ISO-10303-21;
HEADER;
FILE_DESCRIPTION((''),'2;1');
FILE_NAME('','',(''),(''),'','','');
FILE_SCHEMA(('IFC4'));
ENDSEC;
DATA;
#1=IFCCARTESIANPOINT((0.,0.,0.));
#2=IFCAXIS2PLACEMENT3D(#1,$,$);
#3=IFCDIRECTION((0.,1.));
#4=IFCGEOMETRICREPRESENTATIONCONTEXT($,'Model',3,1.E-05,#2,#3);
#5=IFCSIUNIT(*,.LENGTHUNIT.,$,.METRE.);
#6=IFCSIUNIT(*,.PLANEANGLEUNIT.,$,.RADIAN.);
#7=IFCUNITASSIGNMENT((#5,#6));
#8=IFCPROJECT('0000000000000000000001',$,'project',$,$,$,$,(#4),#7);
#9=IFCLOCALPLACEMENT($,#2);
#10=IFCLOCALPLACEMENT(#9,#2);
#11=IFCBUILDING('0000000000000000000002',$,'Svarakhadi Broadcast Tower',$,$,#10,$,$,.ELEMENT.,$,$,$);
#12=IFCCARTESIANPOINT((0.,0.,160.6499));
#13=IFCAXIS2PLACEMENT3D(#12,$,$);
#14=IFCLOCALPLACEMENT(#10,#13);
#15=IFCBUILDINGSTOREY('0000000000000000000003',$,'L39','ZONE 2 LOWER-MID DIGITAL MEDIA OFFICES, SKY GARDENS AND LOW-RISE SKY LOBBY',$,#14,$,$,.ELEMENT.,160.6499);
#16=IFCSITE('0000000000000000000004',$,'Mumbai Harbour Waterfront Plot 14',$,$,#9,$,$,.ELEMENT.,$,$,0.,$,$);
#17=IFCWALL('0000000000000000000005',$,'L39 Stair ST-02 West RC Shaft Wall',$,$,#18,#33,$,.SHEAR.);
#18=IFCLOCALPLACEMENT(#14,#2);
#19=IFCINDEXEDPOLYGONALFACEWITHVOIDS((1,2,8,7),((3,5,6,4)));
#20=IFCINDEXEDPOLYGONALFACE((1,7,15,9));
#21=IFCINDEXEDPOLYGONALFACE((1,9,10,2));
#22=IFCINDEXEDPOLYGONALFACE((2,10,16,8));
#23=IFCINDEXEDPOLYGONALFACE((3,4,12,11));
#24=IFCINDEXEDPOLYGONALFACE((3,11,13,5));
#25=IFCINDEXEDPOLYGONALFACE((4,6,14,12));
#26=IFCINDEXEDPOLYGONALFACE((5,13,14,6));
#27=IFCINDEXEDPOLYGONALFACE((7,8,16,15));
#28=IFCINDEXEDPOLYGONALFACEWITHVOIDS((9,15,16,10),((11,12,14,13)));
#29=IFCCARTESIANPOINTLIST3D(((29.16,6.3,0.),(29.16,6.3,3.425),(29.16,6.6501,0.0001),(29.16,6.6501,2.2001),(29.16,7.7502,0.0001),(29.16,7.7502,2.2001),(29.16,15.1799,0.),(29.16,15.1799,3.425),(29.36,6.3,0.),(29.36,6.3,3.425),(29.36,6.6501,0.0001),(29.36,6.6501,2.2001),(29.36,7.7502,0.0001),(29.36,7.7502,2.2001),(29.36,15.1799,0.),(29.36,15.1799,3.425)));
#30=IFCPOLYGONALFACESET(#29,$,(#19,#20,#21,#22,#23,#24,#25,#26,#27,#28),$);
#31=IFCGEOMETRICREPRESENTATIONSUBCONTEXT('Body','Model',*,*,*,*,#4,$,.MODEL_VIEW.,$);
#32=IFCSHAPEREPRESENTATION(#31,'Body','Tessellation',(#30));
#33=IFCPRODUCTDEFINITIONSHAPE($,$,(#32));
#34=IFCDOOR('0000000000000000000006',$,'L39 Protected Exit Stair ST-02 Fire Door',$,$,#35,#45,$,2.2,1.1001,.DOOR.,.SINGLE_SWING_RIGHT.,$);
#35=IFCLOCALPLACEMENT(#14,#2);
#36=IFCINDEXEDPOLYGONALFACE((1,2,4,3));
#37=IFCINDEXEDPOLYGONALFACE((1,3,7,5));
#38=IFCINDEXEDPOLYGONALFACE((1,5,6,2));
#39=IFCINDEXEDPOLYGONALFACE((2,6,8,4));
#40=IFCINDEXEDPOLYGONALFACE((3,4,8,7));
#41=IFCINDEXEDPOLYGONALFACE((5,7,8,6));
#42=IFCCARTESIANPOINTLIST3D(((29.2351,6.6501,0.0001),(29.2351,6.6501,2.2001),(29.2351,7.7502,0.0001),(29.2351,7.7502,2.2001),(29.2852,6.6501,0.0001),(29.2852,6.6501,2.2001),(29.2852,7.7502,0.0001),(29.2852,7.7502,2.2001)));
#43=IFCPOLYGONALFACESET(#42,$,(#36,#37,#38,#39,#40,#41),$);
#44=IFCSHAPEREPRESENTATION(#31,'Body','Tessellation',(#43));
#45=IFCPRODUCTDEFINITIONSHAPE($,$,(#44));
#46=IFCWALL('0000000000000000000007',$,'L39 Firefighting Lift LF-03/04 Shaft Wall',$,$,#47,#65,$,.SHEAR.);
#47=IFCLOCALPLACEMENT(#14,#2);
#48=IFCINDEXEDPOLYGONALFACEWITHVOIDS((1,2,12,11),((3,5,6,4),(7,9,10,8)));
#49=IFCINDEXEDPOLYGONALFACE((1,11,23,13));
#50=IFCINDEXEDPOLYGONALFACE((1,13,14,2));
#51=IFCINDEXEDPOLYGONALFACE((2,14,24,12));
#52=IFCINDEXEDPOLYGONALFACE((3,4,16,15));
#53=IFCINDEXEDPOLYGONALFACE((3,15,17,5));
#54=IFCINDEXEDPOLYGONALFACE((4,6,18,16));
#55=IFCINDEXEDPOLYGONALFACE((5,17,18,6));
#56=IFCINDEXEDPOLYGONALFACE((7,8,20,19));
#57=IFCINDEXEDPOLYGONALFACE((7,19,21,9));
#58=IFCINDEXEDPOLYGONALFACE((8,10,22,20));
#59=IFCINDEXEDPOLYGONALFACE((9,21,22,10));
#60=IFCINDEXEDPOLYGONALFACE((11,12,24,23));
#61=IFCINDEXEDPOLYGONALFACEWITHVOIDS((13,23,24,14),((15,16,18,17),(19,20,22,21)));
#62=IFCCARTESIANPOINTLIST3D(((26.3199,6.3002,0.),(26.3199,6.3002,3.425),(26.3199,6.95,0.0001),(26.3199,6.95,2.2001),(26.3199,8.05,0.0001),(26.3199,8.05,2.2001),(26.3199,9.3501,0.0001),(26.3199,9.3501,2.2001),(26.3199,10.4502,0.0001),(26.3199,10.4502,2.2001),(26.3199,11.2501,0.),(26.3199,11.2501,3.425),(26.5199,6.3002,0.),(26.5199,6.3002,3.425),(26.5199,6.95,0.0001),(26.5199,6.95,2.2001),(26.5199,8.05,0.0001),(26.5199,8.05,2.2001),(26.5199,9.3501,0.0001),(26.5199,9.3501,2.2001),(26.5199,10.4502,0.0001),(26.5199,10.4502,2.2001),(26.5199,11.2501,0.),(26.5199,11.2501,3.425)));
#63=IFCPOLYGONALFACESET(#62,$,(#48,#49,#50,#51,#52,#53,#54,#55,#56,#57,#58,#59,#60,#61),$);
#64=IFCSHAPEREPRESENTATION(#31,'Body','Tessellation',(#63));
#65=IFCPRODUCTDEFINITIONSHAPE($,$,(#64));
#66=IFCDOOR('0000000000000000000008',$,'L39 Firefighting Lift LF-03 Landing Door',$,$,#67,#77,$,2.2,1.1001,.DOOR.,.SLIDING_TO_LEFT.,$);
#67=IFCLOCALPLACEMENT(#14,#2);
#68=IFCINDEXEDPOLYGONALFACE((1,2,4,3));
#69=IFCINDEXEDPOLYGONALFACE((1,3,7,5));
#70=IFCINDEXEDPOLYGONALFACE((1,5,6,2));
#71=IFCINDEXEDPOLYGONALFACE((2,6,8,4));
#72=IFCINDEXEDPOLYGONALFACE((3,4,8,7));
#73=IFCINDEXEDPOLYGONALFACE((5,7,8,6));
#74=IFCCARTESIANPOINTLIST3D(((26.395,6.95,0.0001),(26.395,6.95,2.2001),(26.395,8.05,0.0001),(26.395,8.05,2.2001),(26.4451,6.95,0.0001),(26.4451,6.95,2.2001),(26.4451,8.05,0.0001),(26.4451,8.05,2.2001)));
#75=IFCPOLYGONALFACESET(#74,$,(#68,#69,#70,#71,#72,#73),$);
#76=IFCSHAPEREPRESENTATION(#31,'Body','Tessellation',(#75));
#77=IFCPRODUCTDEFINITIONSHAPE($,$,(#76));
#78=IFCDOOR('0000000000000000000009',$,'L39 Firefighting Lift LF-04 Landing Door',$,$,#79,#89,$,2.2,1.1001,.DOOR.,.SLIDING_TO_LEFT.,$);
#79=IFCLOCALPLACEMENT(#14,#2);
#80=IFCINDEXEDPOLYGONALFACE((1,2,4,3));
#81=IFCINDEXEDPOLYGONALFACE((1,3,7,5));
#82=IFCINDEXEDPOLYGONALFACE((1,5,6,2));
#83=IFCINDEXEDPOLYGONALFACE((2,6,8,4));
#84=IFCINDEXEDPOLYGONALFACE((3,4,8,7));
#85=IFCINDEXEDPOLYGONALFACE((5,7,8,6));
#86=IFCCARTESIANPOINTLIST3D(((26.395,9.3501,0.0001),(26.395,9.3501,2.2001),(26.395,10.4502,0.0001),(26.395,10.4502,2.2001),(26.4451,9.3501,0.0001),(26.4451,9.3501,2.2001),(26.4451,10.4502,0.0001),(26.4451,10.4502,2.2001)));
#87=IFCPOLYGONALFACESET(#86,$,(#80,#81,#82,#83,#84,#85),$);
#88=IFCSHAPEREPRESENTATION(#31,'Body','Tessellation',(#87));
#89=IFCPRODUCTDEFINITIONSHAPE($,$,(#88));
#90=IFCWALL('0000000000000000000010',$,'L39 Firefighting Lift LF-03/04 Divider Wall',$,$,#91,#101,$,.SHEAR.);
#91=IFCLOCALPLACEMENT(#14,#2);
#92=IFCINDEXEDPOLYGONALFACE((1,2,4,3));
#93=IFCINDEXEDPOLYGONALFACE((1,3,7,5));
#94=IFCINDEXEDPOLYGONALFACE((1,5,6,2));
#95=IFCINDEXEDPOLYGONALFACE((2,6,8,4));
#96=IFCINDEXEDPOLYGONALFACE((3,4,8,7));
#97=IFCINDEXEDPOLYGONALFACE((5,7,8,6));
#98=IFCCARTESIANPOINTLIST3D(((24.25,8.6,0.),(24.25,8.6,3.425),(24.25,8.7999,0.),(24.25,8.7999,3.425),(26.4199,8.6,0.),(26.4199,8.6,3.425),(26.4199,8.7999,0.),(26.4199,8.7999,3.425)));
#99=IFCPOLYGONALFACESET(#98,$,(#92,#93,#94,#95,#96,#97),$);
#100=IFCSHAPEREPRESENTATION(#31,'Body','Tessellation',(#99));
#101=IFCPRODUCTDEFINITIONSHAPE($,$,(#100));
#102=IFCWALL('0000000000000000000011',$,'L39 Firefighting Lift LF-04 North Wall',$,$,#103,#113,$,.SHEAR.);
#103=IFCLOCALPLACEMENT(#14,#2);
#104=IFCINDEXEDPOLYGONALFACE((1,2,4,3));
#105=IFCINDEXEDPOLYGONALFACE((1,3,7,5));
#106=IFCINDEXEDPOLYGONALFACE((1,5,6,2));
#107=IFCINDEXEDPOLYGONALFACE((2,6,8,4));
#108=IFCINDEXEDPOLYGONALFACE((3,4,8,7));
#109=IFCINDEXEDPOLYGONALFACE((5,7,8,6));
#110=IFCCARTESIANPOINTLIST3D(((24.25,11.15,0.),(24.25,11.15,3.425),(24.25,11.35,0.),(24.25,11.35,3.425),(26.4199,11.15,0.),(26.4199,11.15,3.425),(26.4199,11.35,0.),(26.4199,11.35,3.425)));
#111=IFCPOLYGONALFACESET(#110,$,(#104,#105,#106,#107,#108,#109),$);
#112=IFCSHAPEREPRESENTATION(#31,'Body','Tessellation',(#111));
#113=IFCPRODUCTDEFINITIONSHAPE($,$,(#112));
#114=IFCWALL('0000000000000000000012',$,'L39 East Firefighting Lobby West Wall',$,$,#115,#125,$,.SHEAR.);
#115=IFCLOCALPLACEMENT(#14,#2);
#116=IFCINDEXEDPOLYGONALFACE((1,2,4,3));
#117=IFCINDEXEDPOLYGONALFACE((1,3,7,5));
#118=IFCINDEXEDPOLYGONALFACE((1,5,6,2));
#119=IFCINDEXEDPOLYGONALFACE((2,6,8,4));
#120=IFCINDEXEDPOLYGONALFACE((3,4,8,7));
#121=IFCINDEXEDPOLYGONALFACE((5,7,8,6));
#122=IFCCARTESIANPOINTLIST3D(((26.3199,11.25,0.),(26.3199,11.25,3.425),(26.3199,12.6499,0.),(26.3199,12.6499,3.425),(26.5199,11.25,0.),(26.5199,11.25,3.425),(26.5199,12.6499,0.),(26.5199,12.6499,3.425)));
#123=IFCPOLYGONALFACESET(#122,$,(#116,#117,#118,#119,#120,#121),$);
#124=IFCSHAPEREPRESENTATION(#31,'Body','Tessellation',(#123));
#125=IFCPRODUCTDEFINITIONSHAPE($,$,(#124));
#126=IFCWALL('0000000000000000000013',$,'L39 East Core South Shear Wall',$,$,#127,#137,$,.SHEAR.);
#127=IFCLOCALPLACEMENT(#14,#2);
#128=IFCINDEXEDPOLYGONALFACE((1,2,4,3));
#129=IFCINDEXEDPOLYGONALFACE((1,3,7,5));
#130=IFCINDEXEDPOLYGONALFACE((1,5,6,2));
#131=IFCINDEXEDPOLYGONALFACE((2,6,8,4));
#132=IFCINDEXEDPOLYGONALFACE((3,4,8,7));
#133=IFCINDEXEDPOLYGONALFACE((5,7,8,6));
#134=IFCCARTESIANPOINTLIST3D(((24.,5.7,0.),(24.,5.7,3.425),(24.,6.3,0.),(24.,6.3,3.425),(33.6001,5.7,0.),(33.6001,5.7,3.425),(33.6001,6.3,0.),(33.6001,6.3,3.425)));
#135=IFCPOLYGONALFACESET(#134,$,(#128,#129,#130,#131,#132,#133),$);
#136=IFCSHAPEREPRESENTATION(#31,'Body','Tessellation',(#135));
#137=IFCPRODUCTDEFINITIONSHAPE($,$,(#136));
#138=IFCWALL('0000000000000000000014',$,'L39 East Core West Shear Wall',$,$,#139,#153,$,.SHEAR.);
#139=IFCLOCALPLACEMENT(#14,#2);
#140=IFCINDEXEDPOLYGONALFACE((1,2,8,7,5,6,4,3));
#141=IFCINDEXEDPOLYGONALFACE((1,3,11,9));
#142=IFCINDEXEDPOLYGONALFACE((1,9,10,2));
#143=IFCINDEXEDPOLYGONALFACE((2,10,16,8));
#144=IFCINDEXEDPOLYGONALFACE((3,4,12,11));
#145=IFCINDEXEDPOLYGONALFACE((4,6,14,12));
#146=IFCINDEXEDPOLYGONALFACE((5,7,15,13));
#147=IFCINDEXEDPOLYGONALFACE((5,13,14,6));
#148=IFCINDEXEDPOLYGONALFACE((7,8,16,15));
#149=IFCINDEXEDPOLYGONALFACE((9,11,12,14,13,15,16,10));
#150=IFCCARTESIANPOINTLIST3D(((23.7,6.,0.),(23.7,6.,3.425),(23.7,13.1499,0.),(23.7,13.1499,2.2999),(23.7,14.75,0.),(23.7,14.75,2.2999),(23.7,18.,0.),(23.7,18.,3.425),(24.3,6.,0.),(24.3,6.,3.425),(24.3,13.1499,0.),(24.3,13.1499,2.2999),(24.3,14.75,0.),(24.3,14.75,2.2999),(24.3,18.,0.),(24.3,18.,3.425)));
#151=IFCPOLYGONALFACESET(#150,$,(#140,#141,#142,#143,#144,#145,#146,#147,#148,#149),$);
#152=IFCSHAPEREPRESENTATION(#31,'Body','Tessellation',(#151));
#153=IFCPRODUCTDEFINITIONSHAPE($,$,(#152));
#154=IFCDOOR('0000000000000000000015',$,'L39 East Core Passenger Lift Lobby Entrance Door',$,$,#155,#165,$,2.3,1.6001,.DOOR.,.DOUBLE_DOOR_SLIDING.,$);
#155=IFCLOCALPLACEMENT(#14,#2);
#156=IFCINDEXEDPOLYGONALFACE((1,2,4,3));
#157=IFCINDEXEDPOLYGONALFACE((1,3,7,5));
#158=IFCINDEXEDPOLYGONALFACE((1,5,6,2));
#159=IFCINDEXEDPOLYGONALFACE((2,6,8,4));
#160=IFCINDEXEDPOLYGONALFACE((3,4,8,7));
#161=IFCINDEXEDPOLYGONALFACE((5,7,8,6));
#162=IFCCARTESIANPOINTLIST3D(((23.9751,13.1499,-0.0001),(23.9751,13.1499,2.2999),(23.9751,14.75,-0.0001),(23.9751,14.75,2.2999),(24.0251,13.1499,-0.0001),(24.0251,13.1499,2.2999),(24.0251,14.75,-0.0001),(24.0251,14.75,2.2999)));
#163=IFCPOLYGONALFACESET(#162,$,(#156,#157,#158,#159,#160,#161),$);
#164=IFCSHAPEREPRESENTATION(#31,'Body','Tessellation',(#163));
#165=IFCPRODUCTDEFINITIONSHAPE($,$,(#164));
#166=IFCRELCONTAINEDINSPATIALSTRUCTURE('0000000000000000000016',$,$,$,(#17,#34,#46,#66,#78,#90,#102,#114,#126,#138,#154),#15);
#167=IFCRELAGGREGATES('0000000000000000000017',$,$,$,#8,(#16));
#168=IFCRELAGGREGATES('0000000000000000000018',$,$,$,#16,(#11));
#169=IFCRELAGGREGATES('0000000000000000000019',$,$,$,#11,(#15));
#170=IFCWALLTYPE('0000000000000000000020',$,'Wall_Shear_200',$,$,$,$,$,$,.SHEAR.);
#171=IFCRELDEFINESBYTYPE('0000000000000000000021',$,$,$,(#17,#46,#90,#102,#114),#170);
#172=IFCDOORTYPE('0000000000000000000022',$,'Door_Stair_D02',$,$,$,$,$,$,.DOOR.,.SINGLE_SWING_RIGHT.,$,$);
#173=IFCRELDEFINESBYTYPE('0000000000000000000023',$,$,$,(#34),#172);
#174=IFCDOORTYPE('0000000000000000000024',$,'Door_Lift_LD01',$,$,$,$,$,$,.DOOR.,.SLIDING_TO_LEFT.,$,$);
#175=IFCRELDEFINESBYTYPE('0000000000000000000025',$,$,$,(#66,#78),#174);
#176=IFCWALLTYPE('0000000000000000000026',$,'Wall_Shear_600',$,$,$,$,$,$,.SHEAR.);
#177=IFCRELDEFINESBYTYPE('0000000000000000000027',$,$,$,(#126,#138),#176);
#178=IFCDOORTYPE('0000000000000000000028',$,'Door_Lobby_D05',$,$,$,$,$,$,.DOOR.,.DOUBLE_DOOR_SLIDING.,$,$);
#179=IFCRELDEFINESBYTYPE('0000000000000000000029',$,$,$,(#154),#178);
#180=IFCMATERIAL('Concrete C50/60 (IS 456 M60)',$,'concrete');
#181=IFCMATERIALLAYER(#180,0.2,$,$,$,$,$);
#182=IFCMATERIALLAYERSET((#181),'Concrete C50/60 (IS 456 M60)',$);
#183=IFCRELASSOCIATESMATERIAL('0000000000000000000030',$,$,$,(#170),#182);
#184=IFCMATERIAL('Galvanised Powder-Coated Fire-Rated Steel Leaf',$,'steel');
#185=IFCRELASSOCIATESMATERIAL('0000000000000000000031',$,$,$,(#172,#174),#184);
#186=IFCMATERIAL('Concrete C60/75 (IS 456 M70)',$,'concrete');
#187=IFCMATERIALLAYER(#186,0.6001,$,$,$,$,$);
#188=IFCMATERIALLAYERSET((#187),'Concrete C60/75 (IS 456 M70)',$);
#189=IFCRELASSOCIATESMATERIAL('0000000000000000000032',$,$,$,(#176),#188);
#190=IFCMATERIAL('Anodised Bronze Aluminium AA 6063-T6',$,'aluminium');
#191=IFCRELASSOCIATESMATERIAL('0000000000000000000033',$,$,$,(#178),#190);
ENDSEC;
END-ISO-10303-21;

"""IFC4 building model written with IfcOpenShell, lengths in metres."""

from ifc_helpers import new_model, si_unit, direction, frame, frame_2d, origin, place, context, subcontext, project, spatial, rectangle, extrude, material, layer, layer_set, type_object, element, fill, save


model = new_model("IFC4")

# Units and contexts
model_context = context("Model", 3, precision=1e-05, world=origin(), true_north=direction((0.0, 1.0)))
body_context = subcontext(model_context, "Body", "Model", "MODEL_VIEW")
ifc_project = project(units=[si_unit("LENGTHUNIT", "METRE"), si_unit("PLANEANGLEUNIT", "RADIAN")], contexts=[model_context])

# Site, building, storey
site_placement = place(None, origin())
site = spatial("IfcSite", under=ifc_project, at=site_placement, Name="Mumbai Harbour Waterfront Plot 14", CompositionType="ELEMENT", RefElevation=0.0)
building_placement = place(site_placement, origin())
building = spatial("IfcBuilding", under=site, at=building_placement, Name="Svarakhadi Broadcast Tower", CompositionType="ELEMENT")
storey_placement = place(building_placement, frame((0.0, 0.0, 160.6499)))
storey = spatial("IfcBuildingStorey", under=building, at=storey_placement, Name="L39", Description="ZONE 2 LOWER-MID DIGITAL MEDIA OFFICES, SKY GARDENS AND LOW-RISE SKY LOBBY", CompositionType="ELEMENT", Elevation=160.6499)

# Shared definitions
ifc_material_1 = material(Name="Concrete C50/60 (IS 456 M60)", Category="concrete")

# Shared definitions
ifc_material_2 = material(Name="Anodised Bronze Aluminium AA 6063-T6", Category="aluminium")

# Wall, opening, door
ifc_layer_1 = layer(ifc_material_1, 0.2)
ifc_layer_set_1 = layer_set([ifc_layer_1], Name="Concrete C50/60 (IS 456 M60)")
wall_type_1 = type_object("IfcWallType", Name="Wall_Shear_200", PredefinedType="SHEAR", material=ifc_layer_set_1)
wall_1_placement = place(storey_placement, frame((29.26, 6.3, 0.0), z_axis=(0.0, 0.0, 1.0), x_axis=(0.0, 1.0, 0.0)))
wall_1 = element("IfcWall", 1, at=wall_1_placement, inside=storey, type_object=wall_type_1, Name="L39 Stair ST-02 West RC Shaft Wall", PredefinedType="SHEAR", context=body_context, shape_type="SweptSolid", body=[
    extrude(rectangle(XDim=8.8799, YDim=0.2, at=frame_2d((4.4399, 0.0))), origin(), (0.0, 0.0, 1.0), 3.425),
])
opening_1_placement = place(wall_1_placement, frame((0.3501, 0.0, 0.0)))
opening_1 = element("IfcOpeningElement", 2, at=opening_1_placement, cuts=wall_1, PredefinedType="OPENING", context=body_context, shape_type="SweptSolid", body=[
    extrude(rectangle(XDim=1.1001, YDim=2.2, at=frame_2d((0.55, 1.1001))), frame((0.0, 0.1099, 0.0), z_axis=(0.0, -1.0, 0.0), x_axis=(1.0, 0.0, 0.0)), (0.0, 0.0, 1.0), 0.22),
])
ifc_material_3 = material(Name="Galvanised Powder-Coated Fire-Rated Steel Leaf", Category="steel")
door_type_1 = type_object("IfcDoorType", Name="Door_Stair_D02", OperationType="SINGLE_SWING_RIGHT", PredefinedType="DOOR", material=ifc_material_3)
door_1_placement = place(opening_1_placement, origin())
door_1 = element("IfcDoor", 3, at=door_1_placement, inside=storey, type_object=door_type_1, Name="L39 Protected Exit Stair ST-02 Fire Door", OperationType="SINGLE_SWING_RIGHT", OverallHeight=2.2, OverallWidth=1.1001, PredefinedType="DOOR", context=body_context, shape_type="SweptSolid", body=[
    extrude(rectangle(XDim=1.1001, YDim=2.2, at=frame_2d((0.55, 1.1001))), frame((0.0, 0.0249, 0.0), z_axis=(0.0, -1.0, 0.0), x_axis=(1.0, 0.0, 0.0)), (0.0, 0.0, 1.0), 0.05),
])
fill(opening_1, door_1)

# Wall, openings, doors
wall_2_placement = place(storey_placement, frame((26.4199, 6.3, 0.0), z_axis=(0.0, 0.0, 1.0), x_axis=(0.0, 1.0, 0.0)))
wall_2 = element("IfcWall", 4, at=wall_2_placement, inside=storey, type_object=wall_type_1, Name="L39 Firefighting Lift LF-03/04 Shaft Wall", PredefinedType="SHEAR", context=body_context, shape_type="SweptSolid", body=[
    extrude(rectangle(XDim=4.95, YDim=0.2, at=frame_2d((2.4751, 0.0))), origin(), (0.0, 0.0, 1.0), 3.425),
])
opening_2_placement = place(wall_2_placement, frame((0.6499, 0.0, 0.0)))
opening_2 = element("IfcOpeningElement", 5, at=opening_2_placement, cuts=wall_2, PredefinedType="OPENING", context=body_context, shape_type="SweptSolid", body=[
    extrude(rectangle(XDim=1.1001, YDim=2.2, at=frame_2d((0.55, 1.1001))), frame((0.0, 0.1099, 0.0), z_axis=(0.0, -1.0, 0.0), x_axis=(1.0, 0.0, 0.0)), (0.0, 0.0, 1.0), 0.22),
])
opening_3_placement = place(wall_2_placement, frame((3.05, 0.0, 0.0)))
opening_3 = element("IfcOpeningElement", 6, at=opening_3_placement, cuts=wall_2, PredefinedType="OPENING", context=body_context, shape_type="SweptSolid", body=[
    extrude(rectangle(XDim=1.1001, YDim=2.2, at=frame_2d((0.55, 1.1001))), frame((0.0, 0.1099, 0.0), z_axis=(0.0, -1.0, 0.0), x_axis=(1.0, 0.0, 0.0)), (0.0, 0.0, 1.0), 0.22),
])
door_type_2 = type_object("IfcDoorType", Name="Door_Lift_LD01", OperationType="SLIDING_TO_LEFT", PredefinedType="DOOR", material=ifc_material_3)
door_2_placement = place(opening_2_placement, origin())
door_2 = element("IfcDoor", 7, at=door_2_placement, inside=storey, type_object=door_type_2, Name="L39 Firefighting Lift LF-03 Landing Door", OperationType="SLIDING_TO_LEFT", OverallHeight=2.2, OverallWidth=1.1001, PredefinedType="DOOR", context=body_context, shape_type="SweptSolid", body=[
    extrude(rectangle(XDim=1.1001, YDim=2.2, at=frame_2d((0.55, 1.1001))), frame((0.0, 0.0249, 0.0), z_axis=(0.0, -1.0, 0.0), x_axis=(1.0, 0.0, 0.0)), (0.0, 0.0, 1.0), 0.05),
])
fill(opening_2, door_2)
door_3_placement = place(opening_3_placement, origin())
door_3 = element("IfcDoor", 8, at=door_3_placement, inside=storey, type_object=door_type_2, Name="L39 Firefighting Lift LF-04 Landing Door", OperationType="SLIDING_TO_LEFT", OverallHeight=2.2, OverallWidth=1.1001, PredefinedType="DOOR", context=body_context, shape_type="SweptSolid", body=[
    extrude(rectangle(XDim=1.1001, YDim=2.2, at=frame_2d((0.55, 1.1001))), frame((0.0, 0.0249, 0.0), z_axis=(0.0, -1.0, 0.0), x_axis=(1.0, 0.0, 0.0)), (0.0, 0.0, 1.0), 0.05),
])
fill(opening_3, door_3)

# Walls
for number, where, z_axis, x_axis, name in (
    (9, (24.25, 8.7, 0.0), (0.0, 0.0, 1.0), (1.0, 0.0, 0.0), "L39 Firefighting Lift LF-03/04 Divider Wall"),
    (10, (24.25, 11.25, 0.0), (0.0, 0.0, 1.0), (1.0, 0.0, 0.0), "L39 Firefighting Lift LF-04 North Wall"),
):
    element("IfcWall", number, at=place(storey_placement, frame(where, z_axis=z_axis, x_axis=x_axis)), inside=storey, type_object=wall_type_1, Name=name, PredefinedType="SHEAR", context=body_context, shape_type="SweptSolid", body=[
        extrude(rectangle(XDim=2.1699, YDim=0.2, at=frame_2d((1.085, 0.0))), origin(), (0.0, 0.0, 1.0), 3.425),
    ])
wall_3_placement = place(storey_placement, frame((26.4199, 11.25, 0.0), z_axis=(0.0, 0.0, 1.0), x_axis=(0.0, 1.0, 0.0)))
element("IfcWall", 11, at=wall_3_placement, inside=storey, type_object=wall_type_1, Name="L39 East Firefighting Lobby West Wall", PredefinedType="SHEAR", context=body_context, shape_type="SweptSolid", body=[
    extrude(rectangle(XDim=1.3999, YDim=0.2, at=frame_2d((0.7, 0.0))), origin(), (0.0, 0.0, 1.0), 3.425),
])
ifc_material_4 = material(Name="Concrete C60/75 (IS 456 M70)", Category="concrete")
ifc_layer_2 = layer(ifc_material_4, 0.6001)
ifc_layer_set_2 = layer_set([ifc_layer_2], Name="Concrete C60/75 (IS 456 M70)")
wall_type_2 = type_object("IfcWallType", Name="Wall_Shear_600", PredefinedType="SHEAR", material=ifc_layer_set_2)
wall_4_placement = place(storey_placement, frame((24.0, 6.0, 0.0), z_axis=(0.0, 0.0, 1.0), x_axis=(1.0, 0.0, 0.0)))
element("IfcWall", 12, at=wall_4_placement, inside=storey, type_object=wall_type_2, Name="L39 East Core South Shear Wall", PredefinedType="SHEAR", context=body_context, shape_type="SweptSolid", body=[
    extrude(rectangle(XDim=9.6001, YDim=0.6001, at=frame_2d((4.8, 0.0))), origin(), (0.0, 0.0, 1.0), 3.425),
])

# Wall, opening, door
wall_5_placement = place(storey_placement, frame((24.0, 6.0, 0.0), z_axis=(0.0, 0.0, 1.0), x_axis=(0.0, 1.0, 0.0)))
wall_5 = element("IfcWall", 13, at=wall_5_placement, inside=storey, type_object=wall_type_2, Name="L39 East Core West Shear Wall", PredefinedType="SHEAR", context=body_context, shape_type="SweptSolid", body=[
    extrude(rectangle(XDim=12.0, YDim=0.6001, at=frame_2d((6.0, 0.0))), origin(), (0.0, 0.0, 1.0), 3.425),
])
opening_4_placement = place(wall_5_placement, frame((7.1499, 0.0, 0.0)))
opening_4 = element("IfcOpeningElement", 14, at=opening_4_placement, cuts=wall_5, PredefinedType="OPENING", context=body_context, shape_type="SweptSolid", body=[
    extrude(rectangle(XDim=1.6001, YDim=2.3, at=frame_2d((0.8, 1.1499))), frame((0.0, 0.3101, 0.0), z_axis=(0.0, -1.0, 0.0), x_axis=(1.0, 0.0, 0.0)), (0.0, 0.0, 1.0), 0.6201),
])
door_type_3 = type_object("IfcDoorType", Name="Door_Lobby_D05", OperationType="DOUBLE_DOOR_SLIDING", PredefinedType="DOOR", material=ifc_material_2)
door_4_placement = place(opening_4_placement, origin())
door_4 = element("IfcDoor", 15, at=door_4_placement, inside=storey, type_object=door_type_3, Name="L39 East Core Passenger Lift Lobby Entrance Door", OperationType="DOUBLE_DOOR_SLIDING", OverallHeight=2.3, OverallWidth=1.6001, PredefinedType="DOOR", context=body_context, shape_type="SweptSolid", body=[
    extrude(rectangle(XDim=1.6001, YDim=2.3, at=frame_2d((0.8, 1.1499))), frame((0.0, 0.0249, 0.0), z_axis=(0.0, -1.0, 0.0), x_axis=(1.0, 0.0, 0.0)), (0.0, 0.0, 1.0), 0.05),
])
fill(opening_4, door_4)

save(model, "model.ifc")
